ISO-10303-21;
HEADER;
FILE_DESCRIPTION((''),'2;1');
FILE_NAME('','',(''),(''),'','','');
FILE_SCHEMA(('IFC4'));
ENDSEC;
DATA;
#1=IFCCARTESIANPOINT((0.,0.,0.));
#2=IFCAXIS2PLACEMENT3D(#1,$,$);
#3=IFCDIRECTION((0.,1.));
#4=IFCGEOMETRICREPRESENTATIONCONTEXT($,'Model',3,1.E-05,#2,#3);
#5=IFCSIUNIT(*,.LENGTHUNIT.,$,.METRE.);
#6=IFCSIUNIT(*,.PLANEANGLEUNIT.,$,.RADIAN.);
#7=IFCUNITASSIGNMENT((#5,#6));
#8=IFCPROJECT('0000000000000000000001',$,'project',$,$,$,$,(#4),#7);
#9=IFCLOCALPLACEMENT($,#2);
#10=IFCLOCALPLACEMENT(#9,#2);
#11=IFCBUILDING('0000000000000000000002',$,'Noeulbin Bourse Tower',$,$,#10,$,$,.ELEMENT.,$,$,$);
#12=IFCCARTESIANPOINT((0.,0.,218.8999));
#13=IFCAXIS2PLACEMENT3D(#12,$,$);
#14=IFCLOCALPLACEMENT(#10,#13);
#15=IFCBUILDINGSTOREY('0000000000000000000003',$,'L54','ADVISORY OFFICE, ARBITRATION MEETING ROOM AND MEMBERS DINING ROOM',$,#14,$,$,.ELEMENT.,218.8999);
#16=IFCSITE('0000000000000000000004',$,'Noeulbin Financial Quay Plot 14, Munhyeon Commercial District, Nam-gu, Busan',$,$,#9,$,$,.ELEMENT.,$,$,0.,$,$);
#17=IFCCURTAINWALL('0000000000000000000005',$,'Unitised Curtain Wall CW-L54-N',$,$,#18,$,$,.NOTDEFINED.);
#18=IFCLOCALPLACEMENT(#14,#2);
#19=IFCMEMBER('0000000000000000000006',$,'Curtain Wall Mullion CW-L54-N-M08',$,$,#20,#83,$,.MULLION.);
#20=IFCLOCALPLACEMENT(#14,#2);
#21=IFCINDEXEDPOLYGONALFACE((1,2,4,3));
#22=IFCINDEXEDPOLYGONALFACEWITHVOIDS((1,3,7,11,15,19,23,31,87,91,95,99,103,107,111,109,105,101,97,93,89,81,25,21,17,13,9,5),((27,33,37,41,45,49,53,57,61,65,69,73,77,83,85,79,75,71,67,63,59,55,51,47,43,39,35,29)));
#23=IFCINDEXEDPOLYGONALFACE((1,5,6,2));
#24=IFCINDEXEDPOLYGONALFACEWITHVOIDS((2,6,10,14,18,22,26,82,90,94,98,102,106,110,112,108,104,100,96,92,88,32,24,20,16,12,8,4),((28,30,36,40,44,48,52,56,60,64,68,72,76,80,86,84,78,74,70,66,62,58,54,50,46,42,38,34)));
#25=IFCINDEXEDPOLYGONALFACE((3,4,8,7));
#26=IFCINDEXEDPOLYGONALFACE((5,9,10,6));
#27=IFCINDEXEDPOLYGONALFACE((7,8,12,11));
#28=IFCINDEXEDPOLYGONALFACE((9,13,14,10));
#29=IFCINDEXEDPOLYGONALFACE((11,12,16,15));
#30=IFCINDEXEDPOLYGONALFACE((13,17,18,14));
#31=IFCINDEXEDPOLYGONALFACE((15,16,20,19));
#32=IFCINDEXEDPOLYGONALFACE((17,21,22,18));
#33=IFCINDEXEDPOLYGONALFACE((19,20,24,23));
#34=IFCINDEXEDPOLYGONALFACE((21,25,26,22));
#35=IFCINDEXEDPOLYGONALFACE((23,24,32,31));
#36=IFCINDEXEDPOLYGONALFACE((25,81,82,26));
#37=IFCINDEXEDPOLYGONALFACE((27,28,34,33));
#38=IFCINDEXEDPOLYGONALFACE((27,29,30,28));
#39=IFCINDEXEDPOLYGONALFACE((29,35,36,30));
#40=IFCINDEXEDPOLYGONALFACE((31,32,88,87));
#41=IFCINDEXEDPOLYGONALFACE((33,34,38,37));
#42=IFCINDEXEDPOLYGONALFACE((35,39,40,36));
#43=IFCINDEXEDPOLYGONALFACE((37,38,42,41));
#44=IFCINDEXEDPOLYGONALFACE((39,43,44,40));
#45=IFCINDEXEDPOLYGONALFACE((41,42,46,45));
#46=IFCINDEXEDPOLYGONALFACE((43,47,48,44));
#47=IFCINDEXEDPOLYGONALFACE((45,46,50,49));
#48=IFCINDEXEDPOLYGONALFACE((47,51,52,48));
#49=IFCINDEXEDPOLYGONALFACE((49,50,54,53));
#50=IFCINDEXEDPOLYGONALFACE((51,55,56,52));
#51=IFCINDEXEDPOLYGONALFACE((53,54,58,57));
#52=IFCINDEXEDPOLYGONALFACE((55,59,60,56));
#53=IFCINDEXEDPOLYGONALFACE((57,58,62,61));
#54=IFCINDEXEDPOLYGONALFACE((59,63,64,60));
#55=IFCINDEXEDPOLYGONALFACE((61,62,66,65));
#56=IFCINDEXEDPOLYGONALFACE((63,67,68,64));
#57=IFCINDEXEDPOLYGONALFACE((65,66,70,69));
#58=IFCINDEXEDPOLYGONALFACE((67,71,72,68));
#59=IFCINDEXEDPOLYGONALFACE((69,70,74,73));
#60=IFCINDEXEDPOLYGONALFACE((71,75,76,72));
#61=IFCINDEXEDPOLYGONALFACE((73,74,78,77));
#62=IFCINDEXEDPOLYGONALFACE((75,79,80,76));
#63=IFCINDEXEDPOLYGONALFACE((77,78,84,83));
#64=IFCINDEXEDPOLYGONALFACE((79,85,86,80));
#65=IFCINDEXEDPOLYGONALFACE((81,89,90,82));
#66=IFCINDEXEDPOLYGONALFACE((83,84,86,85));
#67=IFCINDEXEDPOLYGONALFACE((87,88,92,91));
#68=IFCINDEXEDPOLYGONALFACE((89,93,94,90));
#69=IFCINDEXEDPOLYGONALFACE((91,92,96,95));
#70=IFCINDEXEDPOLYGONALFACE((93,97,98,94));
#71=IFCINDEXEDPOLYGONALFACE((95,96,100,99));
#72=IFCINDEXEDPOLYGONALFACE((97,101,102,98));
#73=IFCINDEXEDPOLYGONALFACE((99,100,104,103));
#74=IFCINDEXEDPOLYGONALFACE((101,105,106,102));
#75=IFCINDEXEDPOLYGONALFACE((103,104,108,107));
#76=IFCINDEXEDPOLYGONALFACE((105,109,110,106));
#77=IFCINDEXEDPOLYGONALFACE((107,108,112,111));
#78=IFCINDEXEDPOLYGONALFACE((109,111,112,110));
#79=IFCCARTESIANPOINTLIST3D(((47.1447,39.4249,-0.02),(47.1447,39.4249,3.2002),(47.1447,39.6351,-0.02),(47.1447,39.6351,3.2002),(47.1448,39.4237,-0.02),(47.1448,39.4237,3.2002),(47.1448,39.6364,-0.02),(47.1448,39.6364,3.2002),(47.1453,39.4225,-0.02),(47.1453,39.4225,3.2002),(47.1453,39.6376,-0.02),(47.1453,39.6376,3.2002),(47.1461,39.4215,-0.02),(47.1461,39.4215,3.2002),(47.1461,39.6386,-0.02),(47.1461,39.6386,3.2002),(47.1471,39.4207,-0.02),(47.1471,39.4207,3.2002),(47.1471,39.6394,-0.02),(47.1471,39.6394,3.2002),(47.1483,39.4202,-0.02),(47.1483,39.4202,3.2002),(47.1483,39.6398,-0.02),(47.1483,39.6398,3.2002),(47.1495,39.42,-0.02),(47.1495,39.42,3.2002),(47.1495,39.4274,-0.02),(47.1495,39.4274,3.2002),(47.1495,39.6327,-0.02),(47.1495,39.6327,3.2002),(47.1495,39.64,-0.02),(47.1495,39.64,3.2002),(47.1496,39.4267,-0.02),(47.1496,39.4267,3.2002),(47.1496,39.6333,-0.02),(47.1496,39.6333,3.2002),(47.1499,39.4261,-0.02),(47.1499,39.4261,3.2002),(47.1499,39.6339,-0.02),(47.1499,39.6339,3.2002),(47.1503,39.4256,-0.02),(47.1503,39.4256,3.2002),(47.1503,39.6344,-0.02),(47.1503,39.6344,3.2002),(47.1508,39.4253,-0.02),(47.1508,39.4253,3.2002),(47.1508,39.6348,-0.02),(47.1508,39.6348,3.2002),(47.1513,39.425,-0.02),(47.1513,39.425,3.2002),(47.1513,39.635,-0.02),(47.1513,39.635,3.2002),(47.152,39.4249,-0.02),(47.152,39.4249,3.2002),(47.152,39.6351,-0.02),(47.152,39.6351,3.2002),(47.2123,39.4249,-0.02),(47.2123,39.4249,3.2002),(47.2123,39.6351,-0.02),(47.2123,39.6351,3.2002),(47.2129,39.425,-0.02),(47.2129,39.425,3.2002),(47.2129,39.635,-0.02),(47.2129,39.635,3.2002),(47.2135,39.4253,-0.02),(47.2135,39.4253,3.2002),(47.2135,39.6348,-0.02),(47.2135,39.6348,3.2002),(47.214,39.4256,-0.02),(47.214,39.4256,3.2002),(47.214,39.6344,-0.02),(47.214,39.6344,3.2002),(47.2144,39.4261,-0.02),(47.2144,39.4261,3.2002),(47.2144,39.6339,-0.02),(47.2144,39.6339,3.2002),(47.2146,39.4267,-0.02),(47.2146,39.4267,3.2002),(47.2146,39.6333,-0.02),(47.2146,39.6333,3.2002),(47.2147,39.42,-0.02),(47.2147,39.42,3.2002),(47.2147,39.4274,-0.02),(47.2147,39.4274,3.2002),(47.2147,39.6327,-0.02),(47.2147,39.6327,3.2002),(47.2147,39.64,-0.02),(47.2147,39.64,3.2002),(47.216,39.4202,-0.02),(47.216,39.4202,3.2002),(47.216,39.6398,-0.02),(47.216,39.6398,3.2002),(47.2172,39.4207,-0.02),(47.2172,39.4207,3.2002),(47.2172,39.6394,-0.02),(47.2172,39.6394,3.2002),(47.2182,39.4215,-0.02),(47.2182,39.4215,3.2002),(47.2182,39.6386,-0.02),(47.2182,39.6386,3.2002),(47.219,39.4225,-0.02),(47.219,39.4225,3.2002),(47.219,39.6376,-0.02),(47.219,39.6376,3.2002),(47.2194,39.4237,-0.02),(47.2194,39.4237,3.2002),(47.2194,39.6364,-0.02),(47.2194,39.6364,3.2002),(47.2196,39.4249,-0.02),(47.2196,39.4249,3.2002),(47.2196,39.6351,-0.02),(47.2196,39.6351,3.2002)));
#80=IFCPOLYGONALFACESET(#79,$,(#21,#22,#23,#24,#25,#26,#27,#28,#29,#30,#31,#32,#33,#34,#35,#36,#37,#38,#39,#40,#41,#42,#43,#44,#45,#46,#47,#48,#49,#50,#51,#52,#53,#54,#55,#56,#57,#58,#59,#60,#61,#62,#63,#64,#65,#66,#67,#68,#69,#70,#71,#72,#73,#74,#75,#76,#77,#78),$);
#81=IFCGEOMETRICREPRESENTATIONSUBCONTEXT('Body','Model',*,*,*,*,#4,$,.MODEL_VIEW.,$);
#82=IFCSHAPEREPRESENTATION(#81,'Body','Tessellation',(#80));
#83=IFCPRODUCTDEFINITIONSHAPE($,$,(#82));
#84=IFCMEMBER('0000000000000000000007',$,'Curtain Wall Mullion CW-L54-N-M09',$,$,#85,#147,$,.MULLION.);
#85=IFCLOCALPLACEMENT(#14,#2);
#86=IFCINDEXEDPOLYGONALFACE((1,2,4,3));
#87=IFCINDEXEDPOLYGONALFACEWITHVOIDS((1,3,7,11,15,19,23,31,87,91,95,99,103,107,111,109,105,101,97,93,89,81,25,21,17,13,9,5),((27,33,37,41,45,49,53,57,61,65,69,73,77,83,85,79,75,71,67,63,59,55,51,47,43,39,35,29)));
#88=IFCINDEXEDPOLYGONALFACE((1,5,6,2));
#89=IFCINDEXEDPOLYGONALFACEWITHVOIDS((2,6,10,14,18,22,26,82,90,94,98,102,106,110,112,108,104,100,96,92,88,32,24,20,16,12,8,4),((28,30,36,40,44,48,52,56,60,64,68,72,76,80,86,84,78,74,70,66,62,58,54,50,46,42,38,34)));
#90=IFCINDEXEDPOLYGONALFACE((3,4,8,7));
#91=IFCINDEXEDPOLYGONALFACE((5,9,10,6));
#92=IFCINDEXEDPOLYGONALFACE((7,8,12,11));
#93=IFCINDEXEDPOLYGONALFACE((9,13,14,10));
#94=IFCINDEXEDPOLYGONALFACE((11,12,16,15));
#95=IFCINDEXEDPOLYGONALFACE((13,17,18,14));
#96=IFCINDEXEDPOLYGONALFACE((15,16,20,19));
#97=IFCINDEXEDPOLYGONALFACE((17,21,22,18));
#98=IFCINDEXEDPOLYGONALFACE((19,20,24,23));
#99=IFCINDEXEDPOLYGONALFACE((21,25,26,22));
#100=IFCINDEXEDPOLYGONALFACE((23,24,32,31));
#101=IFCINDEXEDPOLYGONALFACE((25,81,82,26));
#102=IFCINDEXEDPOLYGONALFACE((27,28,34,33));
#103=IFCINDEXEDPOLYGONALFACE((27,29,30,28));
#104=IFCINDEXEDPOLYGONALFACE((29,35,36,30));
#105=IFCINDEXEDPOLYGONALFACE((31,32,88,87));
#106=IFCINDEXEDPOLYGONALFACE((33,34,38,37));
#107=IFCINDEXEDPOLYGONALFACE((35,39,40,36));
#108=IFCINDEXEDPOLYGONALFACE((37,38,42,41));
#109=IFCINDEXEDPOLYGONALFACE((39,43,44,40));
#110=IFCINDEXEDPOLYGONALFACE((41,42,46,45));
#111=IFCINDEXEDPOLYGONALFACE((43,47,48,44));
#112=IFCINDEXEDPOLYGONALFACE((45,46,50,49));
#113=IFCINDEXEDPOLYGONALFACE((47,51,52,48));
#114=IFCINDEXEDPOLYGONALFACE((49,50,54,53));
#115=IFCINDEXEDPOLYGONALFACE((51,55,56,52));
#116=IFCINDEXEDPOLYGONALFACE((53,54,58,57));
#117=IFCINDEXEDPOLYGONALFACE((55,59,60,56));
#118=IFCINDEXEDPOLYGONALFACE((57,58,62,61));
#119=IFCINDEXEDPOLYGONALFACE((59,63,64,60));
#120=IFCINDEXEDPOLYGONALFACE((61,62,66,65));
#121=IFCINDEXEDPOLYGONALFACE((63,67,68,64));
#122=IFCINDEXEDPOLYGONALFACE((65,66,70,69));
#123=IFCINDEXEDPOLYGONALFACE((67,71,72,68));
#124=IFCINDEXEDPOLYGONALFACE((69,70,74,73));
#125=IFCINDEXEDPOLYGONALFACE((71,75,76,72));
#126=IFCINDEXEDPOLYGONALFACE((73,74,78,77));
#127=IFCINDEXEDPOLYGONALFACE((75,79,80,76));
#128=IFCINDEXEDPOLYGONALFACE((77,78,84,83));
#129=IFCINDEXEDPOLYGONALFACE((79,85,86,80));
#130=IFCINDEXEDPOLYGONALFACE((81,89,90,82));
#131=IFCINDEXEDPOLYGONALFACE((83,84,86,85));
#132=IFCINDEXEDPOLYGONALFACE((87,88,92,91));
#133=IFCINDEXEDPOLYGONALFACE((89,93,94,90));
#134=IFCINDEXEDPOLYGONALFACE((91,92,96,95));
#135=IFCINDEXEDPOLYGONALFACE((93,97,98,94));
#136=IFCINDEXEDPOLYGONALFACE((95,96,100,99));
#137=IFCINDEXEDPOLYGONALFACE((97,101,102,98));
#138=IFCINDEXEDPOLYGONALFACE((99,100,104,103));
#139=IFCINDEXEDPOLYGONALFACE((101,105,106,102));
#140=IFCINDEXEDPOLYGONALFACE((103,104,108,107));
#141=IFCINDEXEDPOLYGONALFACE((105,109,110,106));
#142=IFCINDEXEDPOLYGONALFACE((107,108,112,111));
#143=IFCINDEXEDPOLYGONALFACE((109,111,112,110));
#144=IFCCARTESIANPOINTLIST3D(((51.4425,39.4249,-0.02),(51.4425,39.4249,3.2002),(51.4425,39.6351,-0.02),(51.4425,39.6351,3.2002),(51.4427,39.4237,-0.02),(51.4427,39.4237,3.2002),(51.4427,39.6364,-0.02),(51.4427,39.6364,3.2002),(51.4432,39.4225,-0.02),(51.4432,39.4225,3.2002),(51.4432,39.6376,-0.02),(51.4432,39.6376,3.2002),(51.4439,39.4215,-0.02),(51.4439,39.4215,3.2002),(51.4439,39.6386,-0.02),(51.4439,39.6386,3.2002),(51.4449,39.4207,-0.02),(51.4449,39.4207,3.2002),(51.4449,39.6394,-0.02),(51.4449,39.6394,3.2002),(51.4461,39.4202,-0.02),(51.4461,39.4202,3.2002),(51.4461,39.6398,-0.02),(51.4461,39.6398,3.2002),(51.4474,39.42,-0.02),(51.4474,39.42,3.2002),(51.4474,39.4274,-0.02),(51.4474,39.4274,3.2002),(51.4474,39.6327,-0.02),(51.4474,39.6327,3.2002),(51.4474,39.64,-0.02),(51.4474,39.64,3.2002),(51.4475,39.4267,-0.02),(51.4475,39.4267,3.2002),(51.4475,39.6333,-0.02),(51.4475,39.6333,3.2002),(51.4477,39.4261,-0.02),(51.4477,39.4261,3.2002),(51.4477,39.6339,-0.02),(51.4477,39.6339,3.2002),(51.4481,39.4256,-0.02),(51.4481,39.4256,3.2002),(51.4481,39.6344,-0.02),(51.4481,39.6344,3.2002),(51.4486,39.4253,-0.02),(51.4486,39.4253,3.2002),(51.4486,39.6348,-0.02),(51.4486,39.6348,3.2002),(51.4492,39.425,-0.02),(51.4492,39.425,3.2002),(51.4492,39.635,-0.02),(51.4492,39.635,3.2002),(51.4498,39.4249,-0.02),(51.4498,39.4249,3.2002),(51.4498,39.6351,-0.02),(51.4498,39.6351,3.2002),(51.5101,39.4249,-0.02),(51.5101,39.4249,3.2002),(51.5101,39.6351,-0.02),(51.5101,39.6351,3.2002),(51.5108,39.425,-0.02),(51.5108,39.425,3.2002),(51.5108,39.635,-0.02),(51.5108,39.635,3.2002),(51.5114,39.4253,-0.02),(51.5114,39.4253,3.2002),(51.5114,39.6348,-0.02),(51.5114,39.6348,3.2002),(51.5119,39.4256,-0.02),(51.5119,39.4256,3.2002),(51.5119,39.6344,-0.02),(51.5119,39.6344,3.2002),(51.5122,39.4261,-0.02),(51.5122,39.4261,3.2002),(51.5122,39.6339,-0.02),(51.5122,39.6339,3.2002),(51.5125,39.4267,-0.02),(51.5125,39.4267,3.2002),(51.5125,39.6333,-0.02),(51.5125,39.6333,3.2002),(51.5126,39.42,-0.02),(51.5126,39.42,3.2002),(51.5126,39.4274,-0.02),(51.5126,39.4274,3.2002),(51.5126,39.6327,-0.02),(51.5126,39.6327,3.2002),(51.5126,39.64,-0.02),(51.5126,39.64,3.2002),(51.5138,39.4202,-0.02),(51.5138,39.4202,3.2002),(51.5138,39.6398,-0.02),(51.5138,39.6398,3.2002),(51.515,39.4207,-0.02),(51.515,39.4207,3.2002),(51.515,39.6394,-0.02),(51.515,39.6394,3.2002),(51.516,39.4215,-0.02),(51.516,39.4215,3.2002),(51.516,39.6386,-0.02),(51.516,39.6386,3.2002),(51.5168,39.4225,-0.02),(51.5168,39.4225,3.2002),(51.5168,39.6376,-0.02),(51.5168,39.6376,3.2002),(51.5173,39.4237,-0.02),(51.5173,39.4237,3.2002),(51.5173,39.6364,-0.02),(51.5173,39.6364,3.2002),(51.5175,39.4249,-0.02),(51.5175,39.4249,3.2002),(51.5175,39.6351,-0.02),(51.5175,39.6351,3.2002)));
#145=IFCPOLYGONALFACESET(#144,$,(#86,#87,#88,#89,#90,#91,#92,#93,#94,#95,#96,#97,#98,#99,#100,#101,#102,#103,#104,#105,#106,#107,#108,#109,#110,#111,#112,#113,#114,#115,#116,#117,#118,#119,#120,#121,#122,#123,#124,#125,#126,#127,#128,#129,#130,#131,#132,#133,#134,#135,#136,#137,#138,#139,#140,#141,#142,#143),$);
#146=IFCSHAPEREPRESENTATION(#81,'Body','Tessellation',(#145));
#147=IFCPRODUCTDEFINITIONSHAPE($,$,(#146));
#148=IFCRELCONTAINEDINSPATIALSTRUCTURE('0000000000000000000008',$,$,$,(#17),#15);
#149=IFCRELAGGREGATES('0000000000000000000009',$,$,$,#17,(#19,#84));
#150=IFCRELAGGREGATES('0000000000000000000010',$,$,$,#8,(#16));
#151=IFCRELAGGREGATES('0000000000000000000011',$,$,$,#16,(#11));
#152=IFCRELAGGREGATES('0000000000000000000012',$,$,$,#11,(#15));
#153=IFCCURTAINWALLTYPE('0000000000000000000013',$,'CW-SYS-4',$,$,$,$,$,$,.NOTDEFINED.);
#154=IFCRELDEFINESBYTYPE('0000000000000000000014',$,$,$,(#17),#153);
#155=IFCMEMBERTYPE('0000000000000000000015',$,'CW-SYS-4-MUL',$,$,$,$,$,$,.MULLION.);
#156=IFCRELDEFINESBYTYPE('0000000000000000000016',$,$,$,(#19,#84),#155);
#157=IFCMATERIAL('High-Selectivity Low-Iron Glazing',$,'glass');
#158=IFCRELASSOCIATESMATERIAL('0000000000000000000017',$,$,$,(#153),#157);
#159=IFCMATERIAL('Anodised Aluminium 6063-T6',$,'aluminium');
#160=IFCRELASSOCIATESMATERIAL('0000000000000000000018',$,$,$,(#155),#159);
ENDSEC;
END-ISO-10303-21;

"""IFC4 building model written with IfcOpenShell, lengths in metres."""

from ifc_helpers import new_model, si_unit, direction, frame, origin, origin_2d, place, context, subcontext, project, spatial, hollow_rectangle, extrude, material, material_profile, profile_set, type_object, element, aggregate, save


model = new_model("IFC4")

# Units and contexts
model_context = context("Model", 3, precision=1e-05, world=origin(), true_north=direction((0.0, 1.0)))
body_context = subcontext(model_context, "Body", "Model", "MODEL_VIEW")
ifc_project = project(units=[si_unit("LENGTHUNIT", "METRE"), si_unit("PLANEANGLEUNIT", "RADIAN")], contexts=[model_context])

# Site, building, storey
site_placement = place(None, origin())
site = spatial("IfcSite", under=ifc_project, at=site_placement, Name="Noeulbin Financial Quay Plot 14, Munhyeon Commercial District, Nam-gu, Busan", CompositionType="ELEMENT", RefElevation=0.0)
building_placement = place(site_placement, origin())
building = spatial("IfcBuilding", under=site, at=building_placement, Name="Noeulbin Bourse Tower", CompositionType="ELEMENT")
storey_placement = place(building_placement, frame((0.0, 0.0, 218.8999)))
storey = spatial("IfcBuildingStorey", under=building, at=storey_placement, Name="L54", Description="ADVISORY OFFICE, ARBITRATION MEETING ROOM AND MEMBERS DINING ROOM", CompositionType="ELEMENT", Elevation=218.8999)

# Curtain wall, members
ifc_material_1 = material(Name="High-Selectivity Low-Iron Glazing", Category="glass")
curtain_wall_type = type_object("IfcCurtainWallType", Name="CW-SYS-4", PredefinedType="NOTDEFINED", material=ifc_material_1)
curtain_wall_1_placement = place(storey_placement, origin())
curtain_wall_1 = element("IfcCurtainWall", 1, at=curtain_wall_1_placement, inside=storey, type_object=curtain_wall_type, Name="Unitised Curtain Wall CW-L54-N", PredefinedType="NOTDEFINED")
ifc_material_2 = material(Name="Anodised Aluminium 6063-T6", Category="aluminium")
ifc_material_profile_1 = material_profile(ifc_material_2, hollow_rectangle(XDim=0.075, YDim=0.22, WallThickness=0.0049, InnerFilletRadius=0.0024, OuterFilletRadius=0.0049, at=origin_2d()), Name="ALU-MULL-75x220x5", Category="LoadBearing")
ifc_profile_set_1 = profile_set([ifc_material_profile_1], Name="Anodised Aluminium 6063-T6")
member_type_1 = type_object("IfcMemberType", Name="CW-SYS-4-MUL", PredefinedType="MULLION", material=ifc_profile_set_1)
member_1_placement = place(storey_placement, frame((47.1821, 39.53, -0.02), z_axis=(0.0, 0.0, 1.0), x_axis=(1.0, 0.0, 0.0)))
member_1 = element("IfcMember", 2, at=member_1_placement, type_object=member_type_1, Name="Curtain Wall Mullion CW-L54-N-M08", PredefinedType="MULLION", context=body_context, shape_type="SweptSolid", body=[
    extrude(hollow_rectangle(XDim=0.075, YDim=0.22, WallThickness=0.0049, InnerFilletRadius=0.0024, OuterFilletRadius=0.0049, at=origin_2d()), origin(), (0.0, 0.0, 1.0), 3.2202),
])
member_2_placement = place(storey_placement, frame((51.48, 39.53, -0.02), z_axis=(0.0, 0.0, 1.0), x_axis=(1.0, 0.0, 0.0)))
member_2 = element("IfcMember", 3, at=member_2_placement, type_object=member_type_1, Name="Curtain Wall Mullion CW-L54-N-M09", PredefinedType="MULLION", context=body_context, shape_type="SweptSolid", body=[
    extrude(hollow_rectangle(XDim=0.075, YDim=0.22, WallThickness=0.0049, InnerFilletRadius=0.0024, OuterFilletRadius=0.0049, at=origin_2d()), origin(), (0.0, 0.0, 1.0), 3.2202),
])

aggregate(curtain_wall_1, [member_1, member_2])

save(model, "model.ifc")
